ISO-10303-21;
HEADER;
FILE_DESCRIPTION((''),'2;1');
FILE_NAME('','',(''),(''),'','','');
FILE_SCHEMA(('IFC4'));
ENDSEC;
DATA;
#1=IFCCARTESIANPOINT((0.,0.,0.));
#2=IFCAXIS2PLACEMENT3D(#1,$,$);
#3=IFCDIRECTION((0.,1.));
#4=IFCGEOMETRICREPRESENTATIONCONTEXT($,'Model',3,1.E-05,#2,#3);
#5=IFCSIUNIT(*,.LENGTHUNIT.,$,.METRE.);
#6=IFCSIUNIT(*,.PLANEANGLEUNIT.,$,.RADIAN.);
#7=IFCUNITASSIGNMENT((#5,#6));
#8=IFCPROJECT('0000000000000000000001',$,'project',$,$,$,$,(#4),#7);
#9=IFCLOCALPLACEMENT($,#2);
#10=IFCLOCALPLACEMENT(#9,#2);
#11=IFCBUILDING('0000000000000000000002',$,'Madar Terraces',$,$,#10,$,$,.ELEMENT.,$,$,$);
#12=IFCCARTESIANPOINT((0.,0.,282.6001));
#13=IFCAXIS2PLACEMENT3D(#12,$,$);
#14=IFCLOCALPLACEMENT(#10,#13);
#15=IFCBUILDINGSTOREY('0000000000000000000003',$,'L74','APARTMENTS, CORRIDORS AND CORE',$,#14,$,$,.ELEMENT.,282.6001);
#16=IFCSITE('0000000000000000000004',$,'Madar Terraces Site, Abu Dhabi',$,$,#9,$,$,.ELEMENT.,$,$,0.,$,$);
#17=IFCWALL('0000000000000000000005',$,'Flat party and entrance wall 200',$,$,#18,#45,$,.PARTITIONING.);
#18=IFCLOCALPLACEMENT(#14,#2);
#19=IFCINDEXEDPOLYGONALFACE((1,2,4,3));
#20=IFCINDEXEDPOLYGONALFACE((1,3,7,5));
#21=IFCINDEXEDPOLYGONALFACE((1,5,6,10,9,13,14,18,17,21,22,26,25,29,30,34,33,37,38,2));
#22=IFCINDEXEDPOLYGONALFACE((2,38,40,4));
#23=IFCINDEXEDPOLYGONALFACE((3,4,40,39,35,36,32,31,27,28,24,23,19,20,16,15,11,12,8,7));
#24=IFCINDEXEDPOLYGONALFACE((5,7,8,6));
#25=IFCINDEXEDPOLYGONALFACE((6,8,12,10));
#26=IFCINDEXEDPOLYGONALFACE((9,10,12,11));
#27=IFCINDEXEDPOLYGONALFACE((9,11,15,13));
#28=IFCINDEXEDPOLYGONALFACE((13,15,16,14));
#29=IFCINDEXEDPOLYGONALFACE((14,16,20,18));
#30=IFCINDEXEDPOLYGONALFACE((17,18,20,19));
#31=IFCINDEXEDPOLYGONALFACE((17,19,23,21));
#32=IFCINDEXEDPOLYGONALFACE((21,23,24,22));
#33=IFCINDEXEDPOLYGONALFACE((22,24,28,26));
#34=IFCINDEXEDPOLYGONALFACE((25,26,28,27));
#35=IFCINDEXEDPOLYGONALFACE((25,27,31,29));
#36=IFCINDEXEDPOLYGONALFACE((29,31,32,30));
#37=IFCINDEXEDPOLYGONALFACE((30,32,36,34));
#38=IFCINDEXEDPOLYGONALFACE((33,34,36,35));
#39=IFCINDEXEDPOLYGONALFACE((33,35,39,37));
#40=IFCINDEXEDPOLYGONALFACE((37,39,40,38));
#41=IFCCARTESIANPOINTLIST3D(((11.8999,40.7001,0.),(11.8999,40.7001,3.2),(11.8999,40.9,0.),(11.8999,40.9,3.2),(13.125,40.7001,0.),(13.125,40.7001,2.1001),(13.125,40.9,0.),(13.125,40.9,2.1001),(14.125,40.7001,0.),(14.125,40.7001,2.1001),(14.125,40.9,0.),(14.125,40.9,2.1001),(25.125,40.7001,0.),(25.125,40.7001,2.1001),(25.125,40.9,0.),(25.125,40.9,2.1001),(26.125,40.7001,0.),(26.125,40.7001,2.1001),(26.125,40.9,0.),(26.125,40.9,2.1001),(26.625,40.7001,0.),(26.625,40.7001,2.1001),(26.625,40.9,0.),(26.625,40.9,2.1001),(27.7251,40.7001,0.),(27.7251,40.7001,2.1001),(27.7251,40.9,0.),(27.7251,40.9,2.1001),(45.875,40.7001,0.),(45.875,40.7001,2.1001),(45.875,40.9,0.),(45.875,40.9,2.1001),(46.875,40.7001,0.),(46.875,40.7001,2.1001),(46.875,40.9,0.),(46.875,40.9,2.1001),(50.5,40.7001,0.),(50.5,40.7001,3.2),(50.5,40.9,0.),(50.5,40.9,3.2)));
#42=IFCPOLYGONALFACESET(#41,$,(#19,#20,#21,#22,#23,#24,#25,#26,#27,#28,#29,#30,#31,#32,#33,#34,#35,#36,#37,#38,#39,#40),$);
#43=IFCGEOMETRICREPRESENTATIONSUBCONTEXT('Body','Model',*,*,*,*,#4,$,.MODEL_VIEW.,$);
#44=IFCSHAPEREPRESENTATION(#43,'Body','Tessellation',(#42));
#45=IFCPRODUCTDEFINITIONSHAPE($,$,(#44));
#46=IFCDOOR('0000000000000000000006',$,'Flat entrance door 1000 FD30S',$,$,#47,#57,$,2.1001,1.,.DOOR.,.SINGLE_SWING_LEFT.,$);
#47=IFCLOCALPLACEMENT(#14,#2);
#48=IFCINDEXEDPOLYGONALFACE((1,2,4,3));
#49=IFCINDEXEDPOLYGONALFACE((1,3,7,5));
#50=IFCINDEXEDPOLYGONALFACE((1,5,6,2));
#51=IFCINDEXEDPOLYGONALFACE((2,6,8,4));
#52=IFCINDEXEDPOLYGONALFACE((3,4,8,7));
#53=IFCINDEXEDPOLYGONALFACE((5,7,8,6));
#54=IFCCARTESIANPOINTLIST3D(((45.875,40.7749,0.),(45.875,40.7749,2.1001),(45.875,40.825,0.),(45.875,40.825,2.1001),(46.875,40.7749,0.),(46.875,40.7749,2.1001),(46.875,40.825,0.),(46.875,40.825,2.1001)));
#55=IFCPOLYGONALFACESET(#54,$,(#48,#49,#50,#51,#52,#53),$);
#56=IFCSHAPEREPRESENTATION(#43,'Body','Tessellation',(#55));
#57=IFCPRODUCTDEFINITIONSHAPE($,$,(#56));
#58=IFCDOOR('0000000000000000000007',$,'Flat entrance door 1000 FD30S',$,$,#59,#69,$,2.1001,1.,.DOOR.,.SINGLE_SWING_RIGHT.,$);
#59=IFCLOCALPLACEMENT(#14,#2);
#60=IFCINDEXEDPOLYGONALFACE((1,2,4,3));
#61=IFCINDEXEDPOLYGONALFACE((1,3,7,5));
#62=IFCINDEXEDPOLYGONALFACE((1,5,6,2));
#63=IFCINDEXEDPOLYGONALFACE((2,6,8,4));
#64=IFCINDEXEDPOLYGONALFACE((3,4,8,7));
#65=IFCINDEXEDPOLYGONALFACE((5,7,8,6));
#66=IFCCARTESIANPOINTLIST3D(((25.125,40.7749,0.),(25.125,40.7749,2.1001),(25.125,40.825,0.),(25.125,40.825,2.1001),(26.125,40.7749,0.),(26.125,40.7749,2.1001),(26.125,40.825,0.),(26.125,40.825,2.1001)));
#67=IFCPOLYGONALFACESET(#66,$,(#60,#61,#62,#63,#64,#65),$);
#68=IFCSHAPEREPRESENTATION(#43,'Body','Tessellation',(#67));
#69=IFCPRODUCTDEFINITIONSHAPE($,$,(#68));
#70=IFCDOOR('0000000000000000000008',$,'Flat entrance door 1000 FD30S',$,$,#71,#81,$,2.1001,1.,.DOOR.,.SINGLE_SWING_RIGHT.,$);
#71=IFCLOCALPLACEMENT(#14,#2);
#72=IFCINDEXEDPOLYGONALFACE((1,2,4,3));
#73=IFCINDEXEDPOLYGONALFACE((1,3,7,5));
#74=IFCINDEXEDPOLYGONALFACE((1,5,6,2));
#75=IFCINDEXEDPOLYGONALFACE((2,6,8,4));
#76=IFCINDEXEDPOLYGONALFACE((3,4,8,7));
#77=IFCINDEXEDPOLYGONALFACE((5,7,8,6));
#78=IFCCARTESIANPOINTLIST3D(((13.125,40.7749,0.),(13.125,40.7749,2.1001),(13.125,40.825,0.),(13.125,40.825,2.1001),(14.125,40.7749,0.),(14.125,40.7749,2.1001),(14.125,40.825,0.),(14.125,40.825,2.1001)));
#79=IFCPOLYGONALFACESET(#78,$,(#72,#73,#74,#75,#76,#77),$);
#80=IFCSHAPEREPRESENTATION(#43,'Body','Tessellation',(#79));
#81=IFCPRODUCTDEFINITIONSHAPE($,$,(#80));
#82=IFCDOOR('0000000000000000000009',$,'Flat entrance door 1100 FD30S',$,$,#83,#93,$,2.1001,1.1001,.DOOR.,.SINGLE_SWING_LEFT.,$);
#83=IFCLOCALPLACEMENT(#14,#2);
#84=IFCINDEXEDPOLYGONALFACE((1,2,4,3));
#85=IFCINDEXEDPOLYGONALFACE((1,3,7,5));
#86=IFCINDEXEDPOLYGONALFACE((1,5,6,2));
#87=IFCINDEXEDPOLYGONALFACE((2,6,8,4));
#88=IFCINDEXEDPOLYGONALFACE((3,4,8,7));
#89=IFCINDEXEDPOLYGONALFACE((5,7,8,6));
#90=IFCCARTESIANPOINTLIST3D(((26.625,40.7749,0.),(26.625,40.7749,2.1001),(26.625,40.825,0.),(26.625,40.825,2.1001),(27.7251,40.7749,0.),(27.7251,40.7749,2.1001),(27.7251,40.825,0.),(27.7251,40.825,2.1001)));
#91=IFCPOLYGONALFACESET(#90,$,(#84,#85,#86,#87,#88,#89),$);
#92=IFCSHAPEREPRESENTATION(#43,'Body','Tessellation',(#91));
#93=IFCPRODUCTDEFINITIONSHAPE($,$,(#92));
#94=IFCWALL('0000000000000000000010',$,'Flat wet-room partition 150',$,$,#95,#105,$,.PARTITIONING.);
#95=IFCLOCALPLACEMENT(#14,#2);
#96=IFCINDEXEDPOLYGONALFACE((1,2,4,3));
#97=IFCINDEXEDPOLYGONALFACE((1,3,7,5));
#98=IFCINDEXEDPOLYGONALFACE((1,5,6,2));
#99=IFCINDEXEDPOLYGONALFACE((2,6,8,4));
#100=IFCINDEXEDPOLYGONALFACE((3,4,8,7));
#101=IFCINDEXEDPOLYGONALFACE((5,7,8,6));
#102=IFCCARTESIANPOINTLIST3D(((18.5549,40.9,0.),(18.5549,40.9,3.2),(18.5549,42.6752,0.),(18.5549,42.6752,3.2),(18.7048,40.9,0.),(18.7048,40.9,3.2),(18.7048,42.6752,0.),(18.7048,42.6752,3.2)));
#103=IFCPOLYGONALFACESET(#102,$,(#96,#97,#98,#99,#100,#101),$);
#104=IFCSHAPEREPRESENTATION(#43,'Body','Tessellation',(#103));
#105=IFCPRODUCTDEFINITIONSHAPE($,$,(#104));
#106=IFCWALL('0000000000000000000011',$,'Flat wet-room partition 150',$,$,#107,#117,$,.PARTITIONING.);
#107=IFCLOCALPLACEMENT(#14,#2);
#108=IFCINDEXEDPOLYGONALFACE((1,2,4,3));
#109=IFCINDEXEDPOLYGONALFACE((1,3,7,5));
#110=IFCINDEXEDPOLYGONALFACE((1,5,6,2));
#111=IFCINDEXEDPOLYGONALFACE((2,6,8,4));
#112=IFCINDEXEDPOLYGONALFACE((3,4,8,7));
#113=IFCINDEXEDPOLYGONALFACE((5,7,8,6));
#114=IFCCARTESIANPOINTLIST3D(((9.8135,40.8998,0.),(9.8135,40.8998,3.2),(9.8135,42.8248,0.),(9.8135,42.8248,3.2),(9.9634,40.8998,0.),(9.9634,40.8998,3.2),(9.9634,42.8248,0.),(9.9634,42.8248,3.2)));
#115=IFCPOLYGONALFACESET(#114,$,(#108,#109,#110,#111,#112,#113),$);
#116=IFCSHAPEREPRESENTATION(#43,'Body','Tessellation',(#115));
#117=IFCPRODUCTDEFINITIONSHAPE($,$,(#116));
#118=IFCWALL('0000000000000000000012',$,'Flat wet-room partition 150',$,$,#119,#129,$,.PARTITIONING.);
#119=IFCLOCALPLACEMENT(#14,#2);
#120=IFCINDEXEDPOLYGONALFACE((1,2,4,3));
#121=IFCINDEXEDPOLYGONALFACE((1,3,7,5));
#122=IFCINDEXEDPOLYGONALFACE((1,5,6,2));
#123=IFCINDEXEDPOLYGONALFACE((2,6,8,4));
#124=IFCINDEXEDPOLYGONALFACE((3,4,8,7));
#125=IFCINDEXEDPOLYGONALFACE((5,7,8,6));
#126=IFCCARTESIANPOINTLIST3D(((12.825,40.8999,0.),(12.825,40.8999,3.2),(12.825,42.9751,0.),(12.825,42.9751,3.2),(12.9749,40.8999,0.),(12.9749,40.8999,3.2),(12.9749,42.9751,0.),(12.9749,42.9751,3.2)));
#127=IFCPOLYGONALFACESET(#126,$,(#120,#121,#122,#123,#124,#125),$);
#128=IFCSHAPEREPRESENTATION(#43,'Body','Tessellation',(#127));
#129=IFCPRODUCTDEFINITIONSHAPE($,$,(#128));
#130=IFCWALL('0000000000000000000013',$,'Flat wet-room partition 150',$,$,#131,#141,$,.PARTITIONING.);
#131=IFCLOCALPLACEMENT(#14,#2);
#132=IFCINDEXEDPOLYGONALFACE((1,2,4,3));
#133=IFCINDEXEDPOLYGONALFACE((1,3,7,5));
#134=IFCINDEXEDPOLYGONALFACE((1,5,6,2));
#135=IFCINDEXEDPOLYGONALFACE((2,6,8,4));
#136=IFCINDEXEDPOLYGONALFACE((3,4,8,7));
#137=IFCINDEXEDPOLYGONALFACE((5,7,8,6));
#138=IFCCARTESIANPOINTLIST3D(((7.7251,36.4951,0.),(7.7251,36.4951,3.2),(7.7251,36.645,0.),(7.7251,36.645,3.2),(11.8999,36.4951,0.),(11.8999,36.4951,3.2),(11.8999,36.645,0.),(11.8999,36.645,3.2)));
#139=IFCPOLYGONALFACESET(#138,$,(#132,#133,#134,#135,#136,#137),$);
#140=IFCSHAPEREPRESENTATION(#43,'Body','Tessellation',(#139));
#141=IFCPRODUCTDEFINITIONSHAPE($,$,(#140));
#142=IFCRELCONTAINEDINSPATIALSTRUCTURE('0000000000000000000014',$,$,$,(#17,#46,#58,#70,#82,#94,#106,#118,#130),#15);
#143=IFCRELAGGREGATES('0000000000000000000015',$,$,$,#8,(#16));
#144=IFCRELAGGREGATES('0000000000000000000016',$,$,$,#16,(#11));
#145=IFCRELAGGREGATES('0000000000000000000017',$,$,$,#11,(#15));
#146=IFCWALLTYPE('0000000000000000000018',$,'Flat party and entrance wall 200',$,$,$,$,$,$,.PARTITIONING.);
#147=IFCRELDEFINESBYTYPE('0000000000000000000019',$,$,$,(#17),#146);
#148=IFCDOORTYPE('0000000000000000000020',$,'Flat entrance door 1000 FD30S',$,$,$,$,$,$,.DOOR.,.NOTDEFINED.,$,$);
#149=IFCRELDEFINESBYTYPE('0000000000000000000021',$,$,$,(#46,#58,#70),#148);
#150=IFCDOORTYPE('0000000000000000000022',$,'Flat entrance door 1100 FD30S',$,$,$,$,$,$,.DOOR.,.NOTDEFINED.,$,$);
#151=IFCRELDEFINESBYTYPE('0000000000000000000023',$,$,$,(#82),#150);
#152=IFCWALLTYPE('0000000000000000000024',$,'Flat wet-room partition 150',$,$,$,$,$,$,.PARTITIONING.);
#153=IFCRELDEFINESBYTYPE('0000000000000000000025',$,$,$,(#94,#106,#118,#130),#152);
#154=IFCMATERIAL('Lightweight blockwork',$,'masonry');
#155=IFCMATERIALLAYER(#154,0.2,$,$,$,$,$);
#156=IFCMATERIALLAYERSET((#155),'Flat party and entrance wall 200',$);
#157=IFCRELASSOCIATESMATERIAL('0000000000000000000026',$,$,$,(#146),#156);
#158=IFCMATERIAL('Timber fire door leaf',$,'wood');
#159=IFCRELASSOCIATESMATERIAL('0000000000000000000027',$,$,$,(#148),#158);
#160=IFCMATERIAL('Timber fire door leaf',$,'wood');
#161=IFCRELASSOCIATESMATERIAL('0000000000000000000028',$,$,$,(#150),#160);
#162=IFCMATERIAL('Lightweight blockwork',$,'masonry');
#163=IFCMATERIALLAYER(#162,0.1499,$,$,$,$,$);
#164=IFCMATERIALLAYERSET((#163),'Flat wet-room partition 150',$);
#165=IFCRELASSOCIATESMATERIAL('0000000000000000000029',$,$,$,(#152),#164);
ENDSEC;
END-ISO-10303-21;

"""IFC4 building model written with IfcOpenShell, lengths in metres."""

from ifc_helpers import new_model, si_unit, direction, frame, frame_2d, origin, place, context, subcontext, project, spatial, rectangle, extrude, material, layer, layer_set, type_object, element, fill, save


model = new_model("IFC4")

# Units and contexts
model_context = context("Model", 3, precision=1e-05, world=origin(), true_north=direction((0.0, 1.0)))
body_context = subcontext(model_context, "Body", "Model", "MODEL_VIEW")
ifc_project = project(units=[si_unit("LENGTHUNIT", "METRE"), si_unit("PLANEANGLEUNIT", "RADIAN")], contexts=[model_context])

# Site, building, storey
site_placement = place(None, origin())
site = spatial("IfcSite", under=ifc_project, at=site_placement, Name="Madar Terraces Site, Abu Dhabi", CompositionType="ELEMENT", RefElevation=0.0)
building_placement = place(site_placement, origin())
building = spatial("IfcBuilding", under=site, at=building_placement, Name="Madar Terraces", CompositionType="ELEMENT")
storey_placement = place(building_placement, frame((0.0, 0.0, 282.6001)))
storey = spatial("IfcBuildingStorey", under=building, at=storey_placement, Name="L74", Description="APARTMENTS, CORRIDORS AND CORE", CompositionType="ELEMENT", Elevation=282.6001)

# Wall, openings, doors
ifc_material_1 = material(Name="Lightweight blockwork", Category="masonry")
ifc_layer_1 = layer(ifc_material_1, 0.2)
ifc_layer_set_1 = layer_set([ifc_layer_1], Name="Flat party and entrance wall 200")
wall_type_1 = type_object("IfcWallType", Name="Flat party and entrance wall 200", PredefinedType="PARTITIONING", material=ifc_layer_set_1)
wall_1_placement = place(storey_placement, frame((11.8999, 40.8, 0.0), z_axis=(0.0, 0.0, 1.0), x_axis=(1.0, 0.0, 0.0)))
wall_1 = element("IfcWall", 1, at=wall_1_placement, inside=storey, type_object=wall_type_1, Name="Flat party and entrance wall 200", PredefinedType="PARTITIONING", context=body_context, shape_type="SweptSolid", body=[
    extrude(rectangle(XDim=38.6001, YDim=0.2, at=frame_2d((19.3, 0.0))), origin(), (0.0, 0.0, 1.0), 3.2),
])
opening_1_placement = place(wall_1_placement, frame((33.9751, 0.0, 0.0)))
opening_1 = element("IfcOpeningElement", 2, at=opening_1_placement, cuts=wall_1, PredefinedType="OPENING", context=body_context, shape_type="SweptSolid", body=[
    extrude(rectangle(XDim=1.0, YDim=2.1001, at=frame_2d((0.5, 1.05))), frame((0.0, 0.1099, 0.0), z_axis=(0.0, -1.0, 0.0), x_axis=(1.0, 0.0, 0.0)), (0.0, 0.0, 1.0), 0.22),
])
opening_2_placement = place(wall_1_placement, frame((14.7251, 0.0, 0.0)))
opening_2 = element("IfcOpeningElement", 3, at=opening_2_placement, cuts=wall_1, PredefinedType="OPENING", context=body_context, shape_type="SweptSolid", body=[
    extrude(rectangle(XDim=1.1001, YDim=2.1001, at=frame_2d((0.55, 1.05))), frame((0.0, 0.1099, 0.0), z_axis=(0.0, -1.0, 0.0), x_axis=(1.0, 0.0, 0.0)), (0.0, 0.0, 1.0), 0.22),
])
opening_3_placement = place(wall_1_placement, frame((13.2251, 0.0, 0.0)))
opening_3 = element("IfcOpeningElement", 4, at=opening_3_placement, cuts=wall_1, PredefinedType="OPENING", context=body_context, shape_type="SweptSolid", body=[
    extrude(rectangle(XDim=1.0, YDim=2.1001, at=frame_2d((0.5, 1.05))), frame((0.0, 0.1099, 0.0), z_axis=(0.0, -1.0, 0.0), x_axis=(1.0, 0.0, 0.0)), (0.0, 0.0, 1.0), 0.22),
])
opening_4_placement = place(wall_1_placement, frame((1.2251, 0.0, 0.0)))
opening_4 = element("IfcOpeningElement", 5, at=opening_4_placement, cuts=wall_1, PredefinedType="OPENING", context=body_context, shape_type="SweptSolid", body=[
    extrude(rectangle(XDim=1.0, YDim=2.1001, at=frame_2d((0.5, 1.05))), frame((0.0, 0.1099, 0.0), z_axis=(0.0, -1.0, 0.0), x_axis=(1.0, 0.0, 0.0)), (0.0, 0.0, 1.0), 0.22),
])
ifc_material_2 = material(Name="Timber fire door leaf", Category="wood")
door_type_1 = type_object("IfcDoorType", Name="Flat entrance door 1000 FD30S", OperationType="NOTDEFINED", PredefinedType="DOOR", material=ifc_material_2)
door_1_placement = place(opening_1_placement, origin())
door_1 = element("IfcDoor", 6, at=door_1_placement, inside=storey, type_object=door_type_1, Name="Flat entrance door 1000 FD30S", OperationType="SINGLE_SWING_LEFT", OverallHeight=2.1001, OverallWidth=1.0, PredefinedType="DOOR", context=body_context, shape_type="SweptSolid", body=[
    extrude(rectangle(XDim=1.0, YDim=2.1001, at=frame_2d((0.5, 1.05))), frame((0.0, 0.0249, 0.0), z_axis=(0.0, -1.0, 0.0), x_axis=(1.0, 0.0, 0.0)), (0.0, 0.0, 1.0), 0.05),
])
fill(opening_1, door_1)
door_2_placement = place(opening_3_placement, origin())
door_2 = element("IfcDoor", 7, at=door_2_placement, inside=storey, type_object=door_type_1, Name="Flat entrance door 1000 FD30S", OperationType="SINGLE_SWING_RIGHT", OverallHeight=2.1001, OverallWidth=1.0, PredefinedType="DOOR", context=body_context, shape_type="SweptSolid", body=[
    extrude(rectangle(XDim=1.0, YDim=2.1001, at=frame_2d((0.5, 1.05))), frame((0.0, 0.0249, 0.0), z_axis=(0.0, -1.0, 0.0), x_axis=(1.0, 0.0, 0.0)), (0.0, 0.0, 1.0), 0.05),
])
fill(opening_3, door_2)
door_3_placement = place(opening_4_placement, origin())
door_3 = element("IfcDoor", 8, at=door_3_placement, inside=storey, type_object=door_type_1, Name="Flat entrance door 1000 FD30S", OperationType="SINGLE_SWING_RIGHT", OverallHeight=2.1001, OverallWidth=1.0, PredefinedType="DOOR", context=body_context, shape_type="SweptSolid", body=[
    extrude(rectangle(XDim=1.0, YDim=2.1001, at=frame_2d((0.5, 1.05))), frame((0.0, 0.0249, 0.0), z_axis=(0.0, -1.0, 0.0), x_axis=(1.0, 0.0, 0.0)), (0.0, 0.0, 1.0), 0.05),
])
fill(opening_4, door_3)
ifc_material_3 = material(Name="Timber fire door leaf", Category="wood")
door_type_2 = type_object("IfcDoorType", Name="Flat entrance door 1100 FD30S", OperationType="NOTDEFINED", PredefinedType="DOOR", material=ifc_material_3)
door_4_placement = place(opening_2_placement, origin())
door_4 = element("IfcDoor", 9, at=door_4_placement, inside=storey, type_object=door_type_2, Name="Flat entrance door 1100 FD30S", OperationType="SINGLE_SWING_LEFT", OverallHeight=2.1001, OverallWidth=1.1001, PredefinedType="DOOR", context=body_context, shape_type="SweptSolid", body=[
    extrude(rectangle(XDim=1.1001, YDim=2.1001, at=frame_2d((0.55, 1.05))), frame((0.0, 0.0249, 0.0), z_axis=(0.0, -1.0, 0.0), x_axis=(1.0, 0.0, 0.0)), (0.0, 0.0, 1.0), 0.05),
])
fill(opening_2, door_4)

# Walls
ifc_material_4 = material(Name="Lightweight blockwork", Category="masonry")
ifc_layer_2 = layer(ifc_material_4, 0.1499)
ifc_layer_set_2 = layer_set([ifc_layer_2], Name="Flat wet-room partition 150")
wall_type_2 = type_object("IfcWallType", Name="Flat wet-room partition 150", PredefinedType="PARTITIONING", material=ifc_layer_set_2)
wall_2_placement = place(storey_placement, frame((18.6299, 40.8999, 0.0), z_axis=(0.0, 0.0, 1.0), x_axis=(0.0, 1.0, 0.0)))
element("IfcWall", 10, at=wall_2_placement, inside=storey, type_object=wall_type_2, Name="Flat wet-room partition 150", PredefinedType="PARTITIONING", context=body_context, shape_type="SweptSolid", body=[
    extrude(rectangle(XDim=1.7751, YDim=0.1499, at=frame_2d((0.8877, 0.0))), origin(), (0.0, 0.0, 1.0), 3.2),
])
wall_3_placement = place(storey_placement, frame((9.8884, 40.8999, 0.0), z_axis=(0.0, 0.0, 1.0), x_axis=(0.0, 1.0, 0.0)))
element("IfcWall", 11, at=wall_3_placement, inside=storey, type_object=wall_type_2, Name="Flat wet-room partition 150", PredefinedType="PARTITIONING", context=body_context, shape_type="SweptSolid", body=[
    extrude(rectangle(XDim=1.925, YDim=0.1499, at=frame_2d((0.9624, 0.0))), origin(), (0.0, 0.0, 1.0), 3.2),
])
wall_4_placement = place(storey_placement, frame((12.8999, 40.8999, 0.0), z_axis=(0.0, 0.0, 1.0), x_axis=(0.0, 1.0, 0.0)))
element("IfcWall", 12, at=wall_4_placement, inside=storey, type_object=wall_type_2, Name="Flat wet-room partition 150", PredefinedType="PARTITIONING", context=body_context, shape_type="SweptSolid", body=[
    extrude(rectangle(XDim=2.0752, YDim=0.1499, at=frame_2d((1.0376, 0.0))), origin(), (0.0, 0.0, 1.0), 3.2),
])
wall_5_placement = place(storey_placement, frame((11.8999, 36.5701, 0.0), z_axis=(0.0, 0.0, 1.0), x_axis=(-1.0, 0.0, 0.0)))
element("IfcWall", 13, at=wall_5_placement, inside=storey, type_object=wall_type_2, Name="Flat wet-room partition 150", PredefinedType="PARTITIONING", context=body_context, shape_type="SweptSolid", body=[
    extrude(rectangle(XDim=4.1748, YDim=0.1499, at=frame_2d((2.0874, 0.0))), origin(), (0.0, 0.0, 1.0), 3.2),
])

save(model, "model.ifc")
